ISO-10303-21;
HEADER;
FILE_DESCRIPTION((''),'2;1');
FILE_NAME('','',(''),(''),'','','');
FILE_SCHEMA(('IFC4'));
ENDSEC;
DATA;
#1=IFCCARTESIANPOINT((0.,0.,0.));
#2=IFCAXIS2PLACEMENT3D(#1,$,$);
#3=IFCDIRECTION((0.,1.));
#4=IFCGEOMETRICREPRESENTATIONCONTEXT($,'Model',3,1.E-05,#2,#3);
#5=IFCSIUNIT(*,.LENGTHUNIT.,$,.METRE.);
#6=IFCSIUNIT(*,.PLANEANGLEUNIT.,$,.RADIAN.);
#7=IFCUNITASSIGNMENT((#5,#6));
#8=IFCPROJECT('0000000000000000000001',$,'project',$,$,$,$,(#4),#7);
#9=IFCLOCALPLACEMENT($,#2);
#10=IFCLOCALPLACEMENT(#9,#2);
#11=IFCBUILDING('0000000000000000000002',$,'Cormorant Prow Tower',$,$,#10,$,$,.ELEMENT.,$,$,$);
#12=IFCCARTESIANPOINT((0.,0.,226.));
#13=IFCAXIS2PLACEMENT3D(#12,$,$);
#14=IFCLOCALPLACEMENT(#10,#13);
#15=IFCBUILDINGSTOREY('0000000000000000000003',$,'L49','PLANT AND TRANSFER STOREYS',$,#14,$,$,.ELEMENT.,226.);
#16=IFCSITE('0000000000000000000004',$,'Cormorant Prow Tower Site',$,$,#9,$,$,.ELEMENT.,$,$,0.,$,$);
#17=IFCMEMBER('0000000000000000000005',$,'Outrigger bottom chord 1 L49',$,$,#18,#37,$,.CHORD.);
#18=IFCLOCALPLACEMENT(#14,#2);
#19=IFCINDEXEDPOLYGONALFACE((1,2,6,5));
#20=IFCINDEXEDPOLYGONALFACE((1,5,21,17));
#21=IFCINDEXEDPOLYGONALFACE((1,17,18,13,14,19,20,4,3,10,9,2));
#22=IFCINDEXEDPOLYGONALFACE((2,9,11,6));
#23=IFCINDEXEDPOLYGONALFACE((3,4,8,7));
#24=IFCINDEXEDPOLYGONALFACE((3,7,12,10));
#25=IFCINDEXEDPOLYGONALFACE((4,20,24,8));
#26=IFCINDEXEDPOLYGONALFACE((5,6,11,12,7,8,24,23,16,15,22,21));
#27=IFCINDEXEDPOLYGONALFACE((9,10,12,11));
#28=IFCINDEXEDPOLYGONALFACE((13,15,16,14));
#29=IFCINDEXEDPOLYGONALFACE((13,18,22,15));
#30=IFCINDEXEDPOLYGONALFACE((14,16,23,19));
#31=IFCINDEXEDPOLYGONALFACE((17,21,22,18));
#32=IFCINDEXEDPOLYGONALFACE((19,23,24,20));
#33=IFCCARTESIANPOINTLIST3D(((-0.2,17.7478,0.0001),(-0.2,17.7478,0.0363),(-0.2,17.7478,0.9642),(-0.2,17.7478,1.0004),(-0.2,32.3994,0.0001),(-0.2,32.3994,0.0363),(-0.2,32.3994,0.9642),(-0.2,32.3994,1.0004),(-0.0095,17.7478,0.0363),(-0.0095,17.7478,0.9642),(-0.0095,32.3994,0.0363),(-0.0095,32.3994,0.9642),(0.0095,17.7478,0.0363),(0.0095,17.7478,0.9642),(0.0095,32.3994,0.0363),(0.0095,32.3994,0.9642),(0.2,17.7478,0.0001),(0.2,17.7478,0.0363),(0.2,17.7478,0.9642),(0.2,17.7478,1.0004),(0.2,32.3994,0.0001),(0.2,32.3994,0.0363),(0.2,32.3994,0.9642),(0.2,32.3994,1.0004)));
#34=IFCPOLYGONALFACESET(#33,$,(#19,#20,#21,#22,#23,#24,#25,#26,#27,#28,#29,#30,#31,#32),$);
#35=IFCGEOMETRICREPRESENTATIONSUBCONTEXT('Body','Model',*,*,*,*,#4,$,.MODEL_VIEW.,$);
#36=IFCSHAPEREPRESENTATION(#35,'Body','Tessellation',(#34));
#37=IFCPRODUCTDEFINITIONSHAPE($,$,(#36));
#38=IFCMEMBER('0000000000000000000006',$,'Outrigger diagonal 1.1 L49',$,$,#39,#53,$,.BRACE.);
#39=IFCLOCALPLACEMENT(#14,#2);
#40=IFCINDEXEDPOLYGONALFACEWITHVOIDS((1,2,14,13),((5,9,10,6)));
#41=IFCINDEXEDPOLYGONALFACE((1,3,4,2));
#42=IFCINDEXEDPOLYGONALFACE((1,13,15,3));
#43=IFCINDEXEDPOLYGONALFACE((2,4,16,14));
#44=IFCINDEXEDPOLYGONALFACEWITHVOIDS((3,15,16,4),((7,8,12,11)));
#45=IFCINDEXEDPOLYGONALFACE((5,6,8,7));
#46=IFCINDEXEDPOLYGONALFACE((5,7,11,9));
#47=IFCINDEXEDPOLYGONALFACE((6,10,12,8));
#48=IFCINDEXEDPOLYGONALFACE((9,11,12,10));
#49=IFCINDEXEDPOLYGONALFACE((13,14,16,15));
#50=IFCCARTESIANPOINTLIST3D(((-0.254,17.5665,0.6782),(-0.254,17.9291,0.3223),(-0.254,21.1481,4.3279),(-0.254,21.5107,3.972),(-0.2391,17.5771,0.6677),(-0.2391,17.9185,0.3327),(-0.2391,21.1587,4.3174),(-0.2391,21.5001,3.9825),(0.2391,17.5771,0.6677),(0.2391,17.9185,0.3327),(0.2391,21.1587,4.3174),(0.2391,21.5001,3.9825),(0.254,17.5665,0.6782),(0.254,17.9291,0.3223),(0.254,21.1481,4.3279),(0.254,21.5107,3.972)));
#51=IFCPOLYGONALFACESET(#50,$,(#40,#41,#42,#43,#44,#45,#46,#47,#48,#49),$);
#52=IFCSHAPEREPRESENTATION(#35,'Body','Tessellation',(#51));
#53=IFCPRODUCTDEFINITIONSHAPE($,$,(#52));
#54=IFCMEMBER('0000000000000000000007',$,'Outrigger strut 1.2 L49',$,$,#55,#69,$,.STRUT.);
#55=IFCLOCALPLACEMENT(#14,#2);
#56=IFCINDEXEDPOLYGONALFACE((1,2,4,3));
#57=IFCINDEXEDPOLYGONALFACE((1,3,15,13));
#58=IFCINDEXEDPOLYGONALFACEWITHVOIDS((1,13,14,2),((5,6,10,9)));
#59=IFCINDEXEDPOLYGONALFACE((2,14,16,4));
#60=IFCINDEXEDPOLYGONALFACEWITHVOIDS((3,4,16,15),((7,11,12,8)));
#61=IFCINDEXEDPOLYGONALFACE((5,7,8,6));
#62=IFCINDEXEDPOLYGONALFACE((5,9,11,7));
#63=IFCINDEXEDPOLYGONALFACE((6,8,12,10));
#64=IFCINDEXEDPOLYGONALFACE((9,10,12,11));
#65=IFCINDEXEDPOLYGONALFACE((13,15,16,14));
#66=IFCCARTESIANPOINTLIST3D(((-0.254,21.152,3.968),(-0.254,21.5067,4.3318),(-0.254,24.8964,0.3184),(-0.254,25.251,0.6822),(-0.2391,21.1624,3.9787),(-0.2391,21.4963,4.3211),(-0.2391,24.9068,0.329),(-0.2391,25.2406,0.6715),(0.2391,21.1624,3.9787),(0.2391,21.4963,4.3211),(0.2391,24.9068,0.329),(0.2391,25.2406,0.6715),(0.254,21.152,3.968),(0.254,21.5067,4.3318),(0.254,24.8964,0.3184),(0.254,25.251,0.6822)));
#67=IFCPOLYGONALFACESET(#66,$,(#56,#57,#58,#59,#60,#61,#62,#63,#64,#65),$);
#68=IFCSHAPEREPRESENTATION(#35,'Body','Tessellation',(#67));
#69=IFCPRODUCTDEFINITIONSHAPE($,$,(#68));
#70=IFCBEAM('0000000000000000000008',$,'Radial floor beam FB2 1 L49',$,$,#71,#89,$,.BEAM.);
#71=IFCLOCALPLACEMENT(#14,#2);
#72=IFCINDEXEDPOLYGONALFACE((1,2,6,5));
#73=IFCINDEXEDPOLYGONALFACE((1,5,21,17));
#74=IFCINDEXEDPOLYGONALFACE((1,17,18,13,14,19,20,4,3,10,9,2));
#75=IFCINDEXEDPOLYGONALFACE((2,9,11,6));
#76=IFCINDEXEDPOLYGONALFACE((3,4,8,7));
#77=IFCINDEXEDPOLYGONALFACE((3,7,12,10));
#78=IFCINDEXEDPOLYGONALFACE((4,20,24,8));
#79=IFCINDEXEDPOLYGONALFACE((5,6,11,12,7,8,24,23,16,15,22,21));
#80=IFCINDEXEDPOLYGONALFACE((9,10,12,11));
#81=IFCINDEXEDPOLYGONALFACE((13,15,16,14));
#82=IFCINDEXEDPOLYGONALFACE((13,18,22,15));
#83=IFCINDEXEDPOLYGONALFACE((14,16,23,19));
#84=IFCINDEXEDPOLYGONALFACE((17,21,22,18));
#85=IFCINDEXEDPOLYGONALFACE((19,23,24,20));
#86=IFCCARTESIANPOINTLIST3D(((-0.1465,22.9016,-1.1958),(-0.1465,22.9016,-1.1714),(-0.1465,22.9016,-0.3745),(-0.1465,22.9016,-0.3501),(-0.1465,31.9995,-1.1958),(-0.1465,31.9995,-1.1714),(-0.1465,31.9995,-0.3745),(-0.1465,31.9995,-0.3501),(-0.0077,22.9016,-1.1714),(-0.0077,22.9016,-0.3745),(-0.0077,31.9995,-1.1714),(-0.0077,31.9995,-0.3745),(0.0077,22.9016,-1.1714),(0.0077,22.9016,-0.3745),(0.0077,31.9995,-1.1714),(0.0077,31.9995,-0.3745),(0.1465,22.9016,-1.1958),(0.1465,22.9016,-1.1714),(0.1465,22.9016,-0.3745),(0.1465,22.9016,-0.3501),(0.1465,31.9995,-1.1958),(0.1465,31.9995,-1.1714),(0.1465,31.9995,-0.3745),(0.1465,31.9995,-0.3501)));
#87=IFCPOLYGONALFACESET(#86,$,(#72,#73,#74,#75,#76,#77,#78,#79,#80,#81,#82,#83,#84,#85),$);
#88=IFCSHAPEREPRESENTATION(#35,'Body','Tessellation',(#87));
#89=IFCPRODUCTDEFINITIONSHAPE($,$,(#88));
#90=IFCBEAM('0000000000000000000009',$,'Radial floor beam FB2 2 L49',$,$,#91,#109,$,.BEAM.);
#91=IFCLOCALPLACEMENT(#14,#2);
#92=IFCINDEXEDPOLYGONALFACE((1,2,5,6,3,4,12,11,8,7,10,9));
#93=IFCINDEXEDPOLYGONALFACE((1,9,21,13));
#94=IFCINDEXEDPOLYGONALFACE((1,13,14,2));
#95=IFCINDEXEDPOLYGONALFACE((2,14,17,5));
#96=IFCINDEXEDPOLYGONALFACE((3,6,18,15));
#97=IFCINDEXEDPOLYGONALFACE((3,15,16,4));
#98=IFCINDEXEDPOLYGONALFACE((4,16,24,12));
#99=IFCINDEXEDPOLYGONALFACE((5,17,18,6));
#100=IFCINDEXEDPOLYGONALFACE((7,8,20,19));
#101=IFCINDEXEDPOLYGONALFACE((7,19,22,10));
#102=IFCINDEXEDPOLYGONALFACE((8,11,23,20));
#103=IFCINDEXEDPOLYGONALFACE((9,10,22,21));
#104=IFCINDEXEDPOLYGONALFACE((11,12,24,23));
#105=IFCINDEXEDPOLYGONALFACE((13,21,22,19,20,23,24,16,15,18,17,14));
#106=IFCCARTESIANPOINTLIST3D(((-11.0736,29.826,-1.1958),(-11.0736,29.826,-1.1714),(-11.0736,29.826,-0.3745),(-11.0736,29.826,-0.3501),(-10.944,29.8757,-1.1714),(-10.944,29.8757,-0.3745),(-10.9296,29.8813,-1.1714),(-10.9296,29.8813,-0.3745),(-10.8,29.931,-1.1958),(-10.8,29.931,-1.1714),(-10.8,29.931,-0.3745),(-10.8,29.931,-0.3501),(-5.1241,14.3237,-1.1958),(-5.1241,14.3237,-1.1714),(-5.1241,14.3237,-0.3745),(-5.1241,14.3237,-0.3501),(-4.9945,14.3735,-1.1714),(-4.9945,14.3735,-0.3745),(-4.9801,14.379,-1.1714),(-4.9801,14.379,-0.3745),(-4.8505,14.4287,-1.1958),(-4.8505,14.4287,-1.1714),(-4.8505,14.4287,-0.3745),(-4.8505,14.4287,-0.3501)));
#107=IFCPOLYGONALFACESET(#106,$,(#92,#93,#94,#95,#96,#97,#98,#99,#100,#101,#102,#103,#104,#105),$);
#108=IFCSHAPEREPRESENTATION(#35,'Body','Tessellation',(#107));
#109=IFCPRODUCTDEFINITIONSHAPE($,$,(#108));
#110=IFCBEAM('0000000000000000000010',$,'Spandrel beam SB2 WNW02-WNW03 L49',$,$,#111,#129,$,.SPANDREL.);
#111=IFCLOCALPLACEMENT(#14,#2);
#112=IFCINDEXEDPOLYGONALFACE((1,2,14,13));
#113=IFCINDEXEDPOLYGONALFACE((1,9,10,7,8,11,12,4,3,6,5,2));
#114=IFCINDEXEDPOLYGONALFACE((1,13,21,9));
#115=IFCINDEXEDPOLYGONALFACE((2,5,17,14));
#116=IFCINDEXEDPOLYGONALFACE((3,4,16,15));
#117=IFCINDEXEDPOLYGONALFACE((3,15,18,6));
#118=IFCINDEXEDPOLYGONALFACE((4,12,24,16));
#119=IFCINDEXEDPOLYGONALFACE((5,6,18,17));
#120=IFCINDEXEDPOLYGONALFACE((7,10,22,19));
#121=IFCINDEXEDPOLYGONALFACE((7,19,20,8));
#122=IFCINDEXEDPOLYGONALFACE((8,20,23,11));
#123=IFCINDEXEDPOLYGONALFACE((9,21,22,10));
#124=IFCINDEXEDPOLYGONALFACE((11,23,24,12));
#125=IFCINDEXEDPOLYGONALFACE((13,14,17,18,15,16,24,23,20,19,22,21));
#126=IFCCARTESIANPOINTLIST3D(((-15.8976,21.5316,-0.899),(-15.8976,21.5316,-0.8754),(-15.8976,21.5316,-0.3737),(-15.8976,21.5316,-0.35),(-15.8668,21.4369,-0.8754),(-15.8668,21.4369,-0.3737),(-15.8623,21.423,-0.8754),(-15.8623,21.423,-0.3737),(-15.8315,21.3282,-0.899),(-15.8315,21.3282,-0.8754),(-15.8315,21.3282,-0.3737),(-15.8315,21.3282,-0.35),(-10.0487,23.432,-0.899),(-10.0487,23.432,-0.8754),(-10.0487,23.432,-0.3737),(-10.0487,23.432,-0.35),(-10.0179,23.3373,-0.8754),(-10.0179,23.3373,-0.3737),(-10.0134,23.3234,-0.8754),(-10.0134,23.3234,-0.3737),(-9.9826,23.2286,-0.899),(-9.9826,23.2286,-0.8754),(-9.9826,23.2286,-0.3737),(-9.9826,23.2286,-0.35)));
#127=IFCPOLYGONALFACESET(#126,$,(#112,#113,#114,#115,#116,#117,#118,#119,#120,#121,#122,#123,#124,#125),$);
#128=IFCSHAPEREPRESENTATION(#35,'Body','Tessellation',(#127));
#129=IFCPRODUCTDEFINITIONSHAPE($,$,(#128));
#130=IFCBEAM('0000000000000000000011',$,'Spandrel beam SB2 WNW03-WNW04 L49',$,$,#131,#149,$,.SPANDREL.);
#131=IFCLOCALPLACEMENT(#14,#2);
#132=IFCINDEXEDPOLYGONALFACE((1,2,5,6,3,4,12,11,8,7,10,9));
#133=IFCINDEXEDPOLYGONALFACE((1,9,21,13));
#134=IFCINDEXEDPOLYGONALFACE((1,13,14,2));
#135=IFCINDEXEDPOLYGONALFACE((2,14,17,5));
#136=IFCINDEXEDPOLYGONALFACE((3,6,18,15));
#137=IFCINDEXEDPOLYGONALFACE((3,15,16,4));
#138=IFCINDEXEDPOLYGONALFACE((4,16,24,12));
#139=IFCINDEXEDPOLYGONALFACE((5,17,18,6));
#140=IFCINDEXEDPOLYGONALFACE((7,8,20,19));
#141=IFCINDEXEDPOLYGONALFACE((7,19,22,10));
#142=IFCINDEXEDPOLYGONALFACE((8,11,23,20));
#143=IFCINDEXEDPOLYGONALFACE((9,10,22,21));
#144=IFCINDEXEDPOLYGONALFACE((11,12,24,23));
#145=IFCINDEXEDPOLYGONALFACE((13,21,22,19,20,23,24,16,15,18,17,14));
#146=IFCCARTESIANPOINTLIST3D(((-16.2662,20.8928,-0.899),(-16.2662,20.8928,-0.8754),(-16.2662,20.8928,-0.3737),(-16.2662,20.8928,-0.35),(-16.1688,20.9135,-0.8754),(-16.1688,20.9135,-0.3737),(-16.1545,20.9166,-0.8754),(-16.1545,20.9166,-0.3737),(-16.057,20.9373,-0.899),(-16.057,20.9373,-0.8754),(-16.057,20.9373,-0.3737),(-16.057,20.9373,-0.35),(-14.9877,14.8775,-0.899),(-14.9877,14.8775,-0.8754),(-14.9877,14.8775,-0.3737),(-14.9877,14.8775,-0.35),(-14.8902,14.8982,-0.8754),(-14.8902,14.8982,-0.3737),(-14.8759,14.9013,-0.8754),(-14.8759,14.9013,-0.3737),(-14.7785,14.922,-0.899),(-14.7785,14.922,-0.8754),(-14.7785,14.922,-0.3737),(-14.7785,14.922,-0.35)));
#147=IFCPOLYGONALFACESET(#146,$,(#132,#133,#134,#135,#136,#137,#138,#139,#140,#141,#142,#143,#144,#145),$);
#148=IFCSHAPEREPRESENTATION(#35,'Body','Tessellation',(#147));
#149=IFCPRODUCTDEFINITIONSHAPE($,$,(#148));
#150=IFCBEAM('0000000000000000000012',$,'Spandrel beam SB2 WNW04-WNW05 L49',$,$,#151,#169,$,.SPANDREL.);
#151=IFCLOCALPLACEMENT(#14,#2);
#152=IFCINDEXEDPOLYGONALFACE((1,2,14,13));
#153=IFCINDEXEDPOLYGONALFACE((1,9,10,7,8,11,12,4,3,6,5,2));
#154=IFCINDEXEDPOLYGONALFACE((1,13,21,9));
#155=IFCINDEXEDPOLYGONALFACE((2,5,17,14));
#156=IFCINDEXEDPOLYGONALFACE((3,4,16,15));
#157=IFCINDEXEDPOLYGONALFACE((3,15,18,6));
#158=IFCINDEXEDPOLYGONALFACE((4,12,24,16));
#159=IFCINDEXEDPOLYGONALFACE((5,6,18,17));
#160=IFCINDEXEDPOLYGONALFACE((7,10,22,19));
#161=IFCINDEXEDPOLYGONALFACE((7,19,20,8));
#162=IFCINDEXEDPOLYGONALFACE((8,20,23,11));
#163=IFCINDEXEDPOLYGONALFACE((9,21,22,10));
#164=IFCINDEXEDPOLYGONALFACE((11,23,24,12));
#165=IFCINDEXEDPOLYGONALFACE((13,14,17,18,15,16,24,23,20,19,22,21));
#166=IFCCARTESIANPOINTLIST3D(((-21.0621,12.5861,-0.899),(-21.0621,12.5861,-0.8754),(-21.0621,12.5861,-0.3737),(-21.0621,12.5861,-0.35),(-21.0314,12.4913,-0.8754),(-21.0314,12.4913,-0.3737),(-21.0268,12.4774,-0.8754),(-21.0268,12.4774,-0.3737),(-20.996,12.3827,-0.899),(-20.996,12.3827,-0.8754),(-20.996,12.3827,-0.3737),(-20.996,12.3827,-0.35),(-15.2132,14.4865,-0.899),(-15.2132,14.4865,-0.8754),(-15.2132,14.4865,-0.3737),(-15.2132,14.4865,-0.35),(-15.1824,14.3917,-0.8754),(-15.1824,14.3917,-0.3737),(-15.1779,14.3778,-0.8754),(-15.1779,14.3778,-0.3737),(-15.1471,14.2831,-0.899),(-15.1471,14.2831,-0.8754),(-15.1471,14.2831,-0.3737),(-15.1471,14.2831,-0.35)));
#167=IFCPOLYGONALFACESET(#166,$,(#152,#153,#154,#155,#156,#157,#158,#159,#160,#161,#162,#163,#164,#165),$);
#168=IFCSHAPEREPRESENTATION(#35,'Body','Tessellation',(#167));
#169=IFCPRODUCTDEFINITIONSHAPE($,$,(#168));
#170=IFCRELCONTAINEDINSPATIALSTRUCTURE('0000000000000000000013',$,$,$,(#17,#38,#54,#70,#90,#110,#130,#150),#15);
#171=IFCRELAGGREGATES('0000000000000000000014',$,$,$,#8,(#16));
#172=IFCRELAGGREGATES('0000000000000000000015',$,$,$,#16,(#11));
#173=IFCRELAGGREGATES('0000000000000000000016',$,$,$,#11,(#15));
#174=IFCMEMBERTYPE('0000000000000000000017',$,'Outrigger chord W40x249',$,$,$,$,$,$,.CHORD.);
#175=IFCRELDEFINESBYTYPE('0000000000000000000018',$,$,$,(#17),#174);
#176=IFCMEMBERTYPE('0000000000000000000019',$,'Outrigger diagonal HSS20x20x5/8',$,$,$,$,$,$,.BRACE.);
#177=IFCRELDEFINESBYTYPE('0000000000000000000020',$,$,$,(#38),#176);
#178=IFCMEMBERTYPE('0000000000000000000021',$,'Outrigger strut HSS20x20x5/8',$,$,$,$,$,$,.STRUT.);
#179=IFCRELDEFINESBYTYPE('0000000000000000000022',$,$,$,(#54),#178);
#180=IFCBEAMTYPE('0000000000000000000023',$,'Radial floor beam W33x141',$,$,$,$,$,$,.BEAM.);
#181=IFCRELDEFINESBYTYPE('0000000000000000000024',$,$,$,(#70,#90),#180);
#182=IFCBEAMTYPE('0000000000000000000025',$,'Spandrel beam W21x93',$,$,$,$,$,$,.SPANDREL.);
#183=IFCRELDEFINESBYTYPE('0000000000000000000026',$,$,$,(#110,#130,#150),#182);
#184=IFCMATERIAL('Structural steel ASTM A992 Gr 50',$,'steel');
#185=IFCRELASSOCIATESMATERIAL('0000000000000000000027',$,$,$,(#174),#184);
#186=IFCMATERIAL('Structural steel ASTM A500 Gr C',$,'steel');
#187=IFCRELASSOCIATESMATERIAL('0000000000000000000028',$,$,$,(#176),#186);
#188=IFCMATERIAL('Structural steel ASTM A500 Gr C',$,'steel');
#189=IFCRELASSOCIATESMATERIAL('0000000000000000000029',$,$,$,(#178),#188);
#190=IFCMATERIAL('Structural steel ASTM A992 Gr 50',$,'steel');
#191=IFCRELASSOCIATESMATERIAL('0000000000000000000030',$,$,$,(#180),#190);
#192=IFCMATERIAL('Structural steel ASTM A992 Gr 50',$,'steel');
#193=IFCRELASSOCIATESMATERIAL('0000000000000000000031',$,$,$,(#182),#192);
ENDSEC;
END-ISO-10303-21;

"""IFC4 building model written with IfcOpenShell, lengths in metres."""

from ifc_helpers import new_model, si_unit, direction, frame, origin, origin_2d, place, context, subcontext, project, spatial, hollow_rectangle, i_section, extrude, material, material_profile, profile_set, type_object, element, save


model = new_model("IFC4")

# Units and contexts
model_context = context("Model", 3, precision=1e-05, world=origin(), true_north=direction((0.0, 1.0)))
body_context = subcontext(model_context, "Body", "Model", "MODEL_VIEW")
ifc_project = project(units=[si_unit("LENGTHUNIT", "METRE"), si_unit("PLANEANGLEUNIT", "RADIAN")], contexts=[model_context])

# Site, building, storey
site_placement = place(None, origin())
site = spatial("IfcSite", under=ifc_project, at=site_placement, Name="Cormorant Prow Tower Site", CompositionType="ELEMENT", RefElevation=0.0)
building_placement = place(site_placement, origin())
building = spatial("IfcBuilding", under=site, at=building_placement, Name="Cormorant Prow Tower", CompositionType="ELEMENT")
storey_placement = place(building_placement, frame((0.0, 0.0, 226.0)))
storey = spatial("IfcBuildingStorey", under=building, at=storey_placement, Name="L49", Description="PLANT AND TRANSFER STOREYS", CompositionType="ELEMENT", Elevation=226.0)

# Members
ifc_material_1 = material(Name="Structural steel ASTM A992 Gr 50", Category="steel")
ifc_material_profile_1 = material_profile(ifc_material_1, i_section(OverallWidth=0.3999, OverallDepth=1.0002, WebThickness=0.019, FlangeThickness=0.0361, at=origin_2d()), Name="W40x249")
ifc_profile_set_1 = profile_set([ifc_material_profile_1], Name="Structural steel ASTM A992 Gr 50")
member_type_1 = type_object("IfcMemberType", Name="Outrigger chord W40x249", PredefinedType="CHORD", material=ifc_profile_set_1)
member_1_placement = place(storey_placement, frame((0.0, 17.7478, 0.5002), z_axis=(0.0, 1.0, 0.0), x_axis=(-1.0, 0.0, 0.0)))
element("IfcMember", 1, at=member_1_placement, inside=storey, type_object=member_type_1, Name="Outrigger bottom chord 1 L49", PredefinedType="CHORD", context=body_context, shape_type="SweptSolid", body=[
    extrude(i_section(OverallWidth=0.3999, OverallDepth=1.0002, WebThickness=0.019, FlangeThickness=0.0361, at=origin_2d()), origin(), (0.0, 0.0, 1.0), 14.6516),
])
ifc_material_2 = material(Name="Structural steel ASTM A500 Gr C", Category="steel")
ifc_material_profile_2 = material_profile(ifc_material_2, hollow_rectangle(XDim=0.5081, YDim=0.5081, WallThickness=0.0149, at=origin_2d()), Name="HSS20x20x5/8")
ifc_profile_set_2 = profile_set([ifc_material_profile_2], Name="Structural steel ASTM A500 Gr C")
member_type_2 = type_object("IfcMemberType", Name="Outrigger diagonal HSS20x20x5/8", PredefinedType="BRACE", material=ifc_profile_set_2)
member_2_placement = place(storey_placement, frame((0.0, 17.7478, 0.5002), z_axis=(0.0, 0.700415, 0.713736), x_axis=(-1.0, 0.0, 0.0)))
element("IfcMember", 2, at=member_2_placement, inside=storey, type_object=member_type_2, Name="Outrigger diagonal 1.1 L49", PredefinedType="BRACE", context=body_context, shape_type="SweptSolid", body=[
    extrude(hollow_rectangle(XDim=0.5081, YDim=0.5081, WallThickness=0.0149, at=origin_2d()), origin(), (0.0, 0.0, 1.0), 5.1135),
])
ifc_material_3 = material(Name="Structural steel ASTM A500 Gr C", Category="steel")
ifc_material_profile_3 = material_profile(ifc_material_3, hollow_rectangle(XDim=0.5081, YDim=0.5081, WallThickness=0.0149, at=origin_2d()), Name="HSS20x20x5/8")
ifc_profile_set_3 = profile_set([ifc_material_profile_3], Name="Structural steel ASTM A500 Gr C")
member_type_3 = type_object("IfcMemberType", Name="Outrigger strut HSS20x20x5/8", PredefinedType="STRUT", material=ifc_profile_set_3)
member_3_placement = place(storey_placement, frame((0.0, 21.3293, 4.1499), z_axis=(0.0, 0.716107, -0.697991), x_axis=(-1.0, 0.0, 0.0)))
element("IfcMember", 3, at=member_3_placement, inside=storey, type_object=member_type_3, Name="Outrigger strut 1.2 L49", PredefinedType="STRUT", context=body_context, shape_type="SweptSolid", body=[
    extrude(hollow_rectangle(XDim=0.5081, YDim=0.5081, WallThickness=0.0149, at=origin_2d()), origin(), (0.0, 0.0, 1.0), 5.2288),
])

# Beams
ifc_material_4 = material(Name="Structural steel ASTM A992 Gr 50", Category="steel")
ifc_material_profile_4 = material_profile(ifc_material_4, i_section(OverallWidth=0.293, OverallDepth=0.8457, WebThickness=0.0154, FlangeThickness=0.0244, at=origin_2d()), Name="W33x141")
ifc_profile_set_4 = profile_set([ifc_material_profile_4], Name="Structural steel ASTM A992 Gr 50")
beam_type_1 = type_object("IfcBeamType", Name="Radial floor beam W33x141", PredefinedType="BEAM", material=ifc_profile_set_4)
beam_1_placement = place(storey_placement, frame((0.0, 22.9016, -0.7729), z_axis=(0.0, 1.0, 0.0), x_axis=(-1.0, 0.0, 0.0)))
element("IfcBeam", 4, at=beam_1_placement, inside=storey, type_object=beam_type_1, Name="Radial floor beam FB2 1 L49", PredefinedType="BEAM", context=body_context, shape_type="SweptSolid", body=[
    extrude(i_section(OverallWidth=0.293, OverallDepth=0.8457, WebThickness=0.0154, FlangeThickness=0.0244, at=origin_2d()), origin(), (0.0, 0.0, 1.0), 9.0979),
])
beam_2_placement = place(storey_placement, frame((-4.9873, 14.3762, -0.7729), z_axis=(-0.358301, 0.933606, 0.0), x_axis=(-0.933606, -0.358301, 0.0)))
element("IfcBeam", 5, at=beam_2_placement, inside=storey, type_object=beam_type_1, Name="Radial floor beam FB2 2 L49", PredefinedType="BEAM", context=body_context, shape_type="SweptSolid", body=[
    extrude(i_section(OverallWidth=0.293, OverallDepth=0.8457, WebThickness=0.0154, FlangeThickness=0.0244, at=origin_2d()), origin(), (0.0, 0.0, 1.0), 16.6047),
])
ifc_material_5 = material(Name="Structural steel ASTM A992 Gr 50", Category="steel")
ifc_material_profile_5 = material_profile(ifc_material_5, i_section(OverallWidth=0.2139, OverallDepth=0.5491, WebThickness=0.0146, FlangeThickness=0.0237, at=origin_2d()), Name="W21x93")
ifc_profile_set_5 = profile_set([ifc_material_profile_5], Name="Structural steel ASTM A992 Gr 50")
beam_type_2 = type_object("IfcBeamType", Name="Spandrel beam W21x93", PredefinedType="SPANDREL", material=ifc_profile_set_5)
beam_3_placement = place(storey_placement, frame((-10.0156, 23.3303, -0.6245), z_axis=(-0.951058, -0.309013, 0.0), x_axis=(0.309013, -0.951058, 0.0)))
element("IfcBeam", 6, at=beam_3_placement, inside=storey, type_object=beam_type_2, Name="Spandrel beam SB2 WNW02-WNW03 L49", PredefinedType="SPANDREL", context=body_context, shape_type="SweptSolid", body=[
    extrude(i_section(OverallWidth=0.2139, OverallDepth=0.5491, WebThickness=0.0146, FlangeThickness=0.0237, at=origin_2d()), origin(), (0.0, 0.0, 1.0), 6.1499),
])
beam_4_placement = place(storey_placement, frame((-16.1616, 20.915, -0.6245), z_axis=(0.207905, -0.978149, 0.0), x_axis=(0.978149, 0.207905, 0.0)))
element("IfcBeam", 7, at=beam_4_placement, inside=storey, type_object=beam_type_2, Name="Spandrel beam SB2 WNW03-WNW04 L49", PredefinedType="SPANDREL", context=body_context, shape_type="SweptSolid", body=[
    extrude(i_section(OverallWidth=0.2139, OverallDepth=0.5491, WebThickness=0.0146, FlangeThickness=0.0237, at=origin_2d()), origin(), (0.0, 0.0, 1.0), 6.1497),
])
beam_5_placement = place(storey_placement, frame((-15.1802, 14.3848, -0.6245), z_axis=(-0.951058, -0.309013, 0.0), x_axis=(0.309013, -0.951058, 0.0)))
element("IfcBeam", 8, at=beam_5_placement, inside=storey, type_object=beam_type_2, Name="Spandrel beam SB2 WNW04-WNW05 L49", PredefinedType="SPANDREL", context=body_context, shape_type="SweptSolid", body=[
    extrude(i_section(OverallWidth=0.2139, OverallDepth=0.5491, WebThickness=0.0146, FlangeThickness=0.0237, at=origin_2d()), origin(), (0.0, 0.0, 1.0), 6.1499),
])

save(model, "model.ifc")
